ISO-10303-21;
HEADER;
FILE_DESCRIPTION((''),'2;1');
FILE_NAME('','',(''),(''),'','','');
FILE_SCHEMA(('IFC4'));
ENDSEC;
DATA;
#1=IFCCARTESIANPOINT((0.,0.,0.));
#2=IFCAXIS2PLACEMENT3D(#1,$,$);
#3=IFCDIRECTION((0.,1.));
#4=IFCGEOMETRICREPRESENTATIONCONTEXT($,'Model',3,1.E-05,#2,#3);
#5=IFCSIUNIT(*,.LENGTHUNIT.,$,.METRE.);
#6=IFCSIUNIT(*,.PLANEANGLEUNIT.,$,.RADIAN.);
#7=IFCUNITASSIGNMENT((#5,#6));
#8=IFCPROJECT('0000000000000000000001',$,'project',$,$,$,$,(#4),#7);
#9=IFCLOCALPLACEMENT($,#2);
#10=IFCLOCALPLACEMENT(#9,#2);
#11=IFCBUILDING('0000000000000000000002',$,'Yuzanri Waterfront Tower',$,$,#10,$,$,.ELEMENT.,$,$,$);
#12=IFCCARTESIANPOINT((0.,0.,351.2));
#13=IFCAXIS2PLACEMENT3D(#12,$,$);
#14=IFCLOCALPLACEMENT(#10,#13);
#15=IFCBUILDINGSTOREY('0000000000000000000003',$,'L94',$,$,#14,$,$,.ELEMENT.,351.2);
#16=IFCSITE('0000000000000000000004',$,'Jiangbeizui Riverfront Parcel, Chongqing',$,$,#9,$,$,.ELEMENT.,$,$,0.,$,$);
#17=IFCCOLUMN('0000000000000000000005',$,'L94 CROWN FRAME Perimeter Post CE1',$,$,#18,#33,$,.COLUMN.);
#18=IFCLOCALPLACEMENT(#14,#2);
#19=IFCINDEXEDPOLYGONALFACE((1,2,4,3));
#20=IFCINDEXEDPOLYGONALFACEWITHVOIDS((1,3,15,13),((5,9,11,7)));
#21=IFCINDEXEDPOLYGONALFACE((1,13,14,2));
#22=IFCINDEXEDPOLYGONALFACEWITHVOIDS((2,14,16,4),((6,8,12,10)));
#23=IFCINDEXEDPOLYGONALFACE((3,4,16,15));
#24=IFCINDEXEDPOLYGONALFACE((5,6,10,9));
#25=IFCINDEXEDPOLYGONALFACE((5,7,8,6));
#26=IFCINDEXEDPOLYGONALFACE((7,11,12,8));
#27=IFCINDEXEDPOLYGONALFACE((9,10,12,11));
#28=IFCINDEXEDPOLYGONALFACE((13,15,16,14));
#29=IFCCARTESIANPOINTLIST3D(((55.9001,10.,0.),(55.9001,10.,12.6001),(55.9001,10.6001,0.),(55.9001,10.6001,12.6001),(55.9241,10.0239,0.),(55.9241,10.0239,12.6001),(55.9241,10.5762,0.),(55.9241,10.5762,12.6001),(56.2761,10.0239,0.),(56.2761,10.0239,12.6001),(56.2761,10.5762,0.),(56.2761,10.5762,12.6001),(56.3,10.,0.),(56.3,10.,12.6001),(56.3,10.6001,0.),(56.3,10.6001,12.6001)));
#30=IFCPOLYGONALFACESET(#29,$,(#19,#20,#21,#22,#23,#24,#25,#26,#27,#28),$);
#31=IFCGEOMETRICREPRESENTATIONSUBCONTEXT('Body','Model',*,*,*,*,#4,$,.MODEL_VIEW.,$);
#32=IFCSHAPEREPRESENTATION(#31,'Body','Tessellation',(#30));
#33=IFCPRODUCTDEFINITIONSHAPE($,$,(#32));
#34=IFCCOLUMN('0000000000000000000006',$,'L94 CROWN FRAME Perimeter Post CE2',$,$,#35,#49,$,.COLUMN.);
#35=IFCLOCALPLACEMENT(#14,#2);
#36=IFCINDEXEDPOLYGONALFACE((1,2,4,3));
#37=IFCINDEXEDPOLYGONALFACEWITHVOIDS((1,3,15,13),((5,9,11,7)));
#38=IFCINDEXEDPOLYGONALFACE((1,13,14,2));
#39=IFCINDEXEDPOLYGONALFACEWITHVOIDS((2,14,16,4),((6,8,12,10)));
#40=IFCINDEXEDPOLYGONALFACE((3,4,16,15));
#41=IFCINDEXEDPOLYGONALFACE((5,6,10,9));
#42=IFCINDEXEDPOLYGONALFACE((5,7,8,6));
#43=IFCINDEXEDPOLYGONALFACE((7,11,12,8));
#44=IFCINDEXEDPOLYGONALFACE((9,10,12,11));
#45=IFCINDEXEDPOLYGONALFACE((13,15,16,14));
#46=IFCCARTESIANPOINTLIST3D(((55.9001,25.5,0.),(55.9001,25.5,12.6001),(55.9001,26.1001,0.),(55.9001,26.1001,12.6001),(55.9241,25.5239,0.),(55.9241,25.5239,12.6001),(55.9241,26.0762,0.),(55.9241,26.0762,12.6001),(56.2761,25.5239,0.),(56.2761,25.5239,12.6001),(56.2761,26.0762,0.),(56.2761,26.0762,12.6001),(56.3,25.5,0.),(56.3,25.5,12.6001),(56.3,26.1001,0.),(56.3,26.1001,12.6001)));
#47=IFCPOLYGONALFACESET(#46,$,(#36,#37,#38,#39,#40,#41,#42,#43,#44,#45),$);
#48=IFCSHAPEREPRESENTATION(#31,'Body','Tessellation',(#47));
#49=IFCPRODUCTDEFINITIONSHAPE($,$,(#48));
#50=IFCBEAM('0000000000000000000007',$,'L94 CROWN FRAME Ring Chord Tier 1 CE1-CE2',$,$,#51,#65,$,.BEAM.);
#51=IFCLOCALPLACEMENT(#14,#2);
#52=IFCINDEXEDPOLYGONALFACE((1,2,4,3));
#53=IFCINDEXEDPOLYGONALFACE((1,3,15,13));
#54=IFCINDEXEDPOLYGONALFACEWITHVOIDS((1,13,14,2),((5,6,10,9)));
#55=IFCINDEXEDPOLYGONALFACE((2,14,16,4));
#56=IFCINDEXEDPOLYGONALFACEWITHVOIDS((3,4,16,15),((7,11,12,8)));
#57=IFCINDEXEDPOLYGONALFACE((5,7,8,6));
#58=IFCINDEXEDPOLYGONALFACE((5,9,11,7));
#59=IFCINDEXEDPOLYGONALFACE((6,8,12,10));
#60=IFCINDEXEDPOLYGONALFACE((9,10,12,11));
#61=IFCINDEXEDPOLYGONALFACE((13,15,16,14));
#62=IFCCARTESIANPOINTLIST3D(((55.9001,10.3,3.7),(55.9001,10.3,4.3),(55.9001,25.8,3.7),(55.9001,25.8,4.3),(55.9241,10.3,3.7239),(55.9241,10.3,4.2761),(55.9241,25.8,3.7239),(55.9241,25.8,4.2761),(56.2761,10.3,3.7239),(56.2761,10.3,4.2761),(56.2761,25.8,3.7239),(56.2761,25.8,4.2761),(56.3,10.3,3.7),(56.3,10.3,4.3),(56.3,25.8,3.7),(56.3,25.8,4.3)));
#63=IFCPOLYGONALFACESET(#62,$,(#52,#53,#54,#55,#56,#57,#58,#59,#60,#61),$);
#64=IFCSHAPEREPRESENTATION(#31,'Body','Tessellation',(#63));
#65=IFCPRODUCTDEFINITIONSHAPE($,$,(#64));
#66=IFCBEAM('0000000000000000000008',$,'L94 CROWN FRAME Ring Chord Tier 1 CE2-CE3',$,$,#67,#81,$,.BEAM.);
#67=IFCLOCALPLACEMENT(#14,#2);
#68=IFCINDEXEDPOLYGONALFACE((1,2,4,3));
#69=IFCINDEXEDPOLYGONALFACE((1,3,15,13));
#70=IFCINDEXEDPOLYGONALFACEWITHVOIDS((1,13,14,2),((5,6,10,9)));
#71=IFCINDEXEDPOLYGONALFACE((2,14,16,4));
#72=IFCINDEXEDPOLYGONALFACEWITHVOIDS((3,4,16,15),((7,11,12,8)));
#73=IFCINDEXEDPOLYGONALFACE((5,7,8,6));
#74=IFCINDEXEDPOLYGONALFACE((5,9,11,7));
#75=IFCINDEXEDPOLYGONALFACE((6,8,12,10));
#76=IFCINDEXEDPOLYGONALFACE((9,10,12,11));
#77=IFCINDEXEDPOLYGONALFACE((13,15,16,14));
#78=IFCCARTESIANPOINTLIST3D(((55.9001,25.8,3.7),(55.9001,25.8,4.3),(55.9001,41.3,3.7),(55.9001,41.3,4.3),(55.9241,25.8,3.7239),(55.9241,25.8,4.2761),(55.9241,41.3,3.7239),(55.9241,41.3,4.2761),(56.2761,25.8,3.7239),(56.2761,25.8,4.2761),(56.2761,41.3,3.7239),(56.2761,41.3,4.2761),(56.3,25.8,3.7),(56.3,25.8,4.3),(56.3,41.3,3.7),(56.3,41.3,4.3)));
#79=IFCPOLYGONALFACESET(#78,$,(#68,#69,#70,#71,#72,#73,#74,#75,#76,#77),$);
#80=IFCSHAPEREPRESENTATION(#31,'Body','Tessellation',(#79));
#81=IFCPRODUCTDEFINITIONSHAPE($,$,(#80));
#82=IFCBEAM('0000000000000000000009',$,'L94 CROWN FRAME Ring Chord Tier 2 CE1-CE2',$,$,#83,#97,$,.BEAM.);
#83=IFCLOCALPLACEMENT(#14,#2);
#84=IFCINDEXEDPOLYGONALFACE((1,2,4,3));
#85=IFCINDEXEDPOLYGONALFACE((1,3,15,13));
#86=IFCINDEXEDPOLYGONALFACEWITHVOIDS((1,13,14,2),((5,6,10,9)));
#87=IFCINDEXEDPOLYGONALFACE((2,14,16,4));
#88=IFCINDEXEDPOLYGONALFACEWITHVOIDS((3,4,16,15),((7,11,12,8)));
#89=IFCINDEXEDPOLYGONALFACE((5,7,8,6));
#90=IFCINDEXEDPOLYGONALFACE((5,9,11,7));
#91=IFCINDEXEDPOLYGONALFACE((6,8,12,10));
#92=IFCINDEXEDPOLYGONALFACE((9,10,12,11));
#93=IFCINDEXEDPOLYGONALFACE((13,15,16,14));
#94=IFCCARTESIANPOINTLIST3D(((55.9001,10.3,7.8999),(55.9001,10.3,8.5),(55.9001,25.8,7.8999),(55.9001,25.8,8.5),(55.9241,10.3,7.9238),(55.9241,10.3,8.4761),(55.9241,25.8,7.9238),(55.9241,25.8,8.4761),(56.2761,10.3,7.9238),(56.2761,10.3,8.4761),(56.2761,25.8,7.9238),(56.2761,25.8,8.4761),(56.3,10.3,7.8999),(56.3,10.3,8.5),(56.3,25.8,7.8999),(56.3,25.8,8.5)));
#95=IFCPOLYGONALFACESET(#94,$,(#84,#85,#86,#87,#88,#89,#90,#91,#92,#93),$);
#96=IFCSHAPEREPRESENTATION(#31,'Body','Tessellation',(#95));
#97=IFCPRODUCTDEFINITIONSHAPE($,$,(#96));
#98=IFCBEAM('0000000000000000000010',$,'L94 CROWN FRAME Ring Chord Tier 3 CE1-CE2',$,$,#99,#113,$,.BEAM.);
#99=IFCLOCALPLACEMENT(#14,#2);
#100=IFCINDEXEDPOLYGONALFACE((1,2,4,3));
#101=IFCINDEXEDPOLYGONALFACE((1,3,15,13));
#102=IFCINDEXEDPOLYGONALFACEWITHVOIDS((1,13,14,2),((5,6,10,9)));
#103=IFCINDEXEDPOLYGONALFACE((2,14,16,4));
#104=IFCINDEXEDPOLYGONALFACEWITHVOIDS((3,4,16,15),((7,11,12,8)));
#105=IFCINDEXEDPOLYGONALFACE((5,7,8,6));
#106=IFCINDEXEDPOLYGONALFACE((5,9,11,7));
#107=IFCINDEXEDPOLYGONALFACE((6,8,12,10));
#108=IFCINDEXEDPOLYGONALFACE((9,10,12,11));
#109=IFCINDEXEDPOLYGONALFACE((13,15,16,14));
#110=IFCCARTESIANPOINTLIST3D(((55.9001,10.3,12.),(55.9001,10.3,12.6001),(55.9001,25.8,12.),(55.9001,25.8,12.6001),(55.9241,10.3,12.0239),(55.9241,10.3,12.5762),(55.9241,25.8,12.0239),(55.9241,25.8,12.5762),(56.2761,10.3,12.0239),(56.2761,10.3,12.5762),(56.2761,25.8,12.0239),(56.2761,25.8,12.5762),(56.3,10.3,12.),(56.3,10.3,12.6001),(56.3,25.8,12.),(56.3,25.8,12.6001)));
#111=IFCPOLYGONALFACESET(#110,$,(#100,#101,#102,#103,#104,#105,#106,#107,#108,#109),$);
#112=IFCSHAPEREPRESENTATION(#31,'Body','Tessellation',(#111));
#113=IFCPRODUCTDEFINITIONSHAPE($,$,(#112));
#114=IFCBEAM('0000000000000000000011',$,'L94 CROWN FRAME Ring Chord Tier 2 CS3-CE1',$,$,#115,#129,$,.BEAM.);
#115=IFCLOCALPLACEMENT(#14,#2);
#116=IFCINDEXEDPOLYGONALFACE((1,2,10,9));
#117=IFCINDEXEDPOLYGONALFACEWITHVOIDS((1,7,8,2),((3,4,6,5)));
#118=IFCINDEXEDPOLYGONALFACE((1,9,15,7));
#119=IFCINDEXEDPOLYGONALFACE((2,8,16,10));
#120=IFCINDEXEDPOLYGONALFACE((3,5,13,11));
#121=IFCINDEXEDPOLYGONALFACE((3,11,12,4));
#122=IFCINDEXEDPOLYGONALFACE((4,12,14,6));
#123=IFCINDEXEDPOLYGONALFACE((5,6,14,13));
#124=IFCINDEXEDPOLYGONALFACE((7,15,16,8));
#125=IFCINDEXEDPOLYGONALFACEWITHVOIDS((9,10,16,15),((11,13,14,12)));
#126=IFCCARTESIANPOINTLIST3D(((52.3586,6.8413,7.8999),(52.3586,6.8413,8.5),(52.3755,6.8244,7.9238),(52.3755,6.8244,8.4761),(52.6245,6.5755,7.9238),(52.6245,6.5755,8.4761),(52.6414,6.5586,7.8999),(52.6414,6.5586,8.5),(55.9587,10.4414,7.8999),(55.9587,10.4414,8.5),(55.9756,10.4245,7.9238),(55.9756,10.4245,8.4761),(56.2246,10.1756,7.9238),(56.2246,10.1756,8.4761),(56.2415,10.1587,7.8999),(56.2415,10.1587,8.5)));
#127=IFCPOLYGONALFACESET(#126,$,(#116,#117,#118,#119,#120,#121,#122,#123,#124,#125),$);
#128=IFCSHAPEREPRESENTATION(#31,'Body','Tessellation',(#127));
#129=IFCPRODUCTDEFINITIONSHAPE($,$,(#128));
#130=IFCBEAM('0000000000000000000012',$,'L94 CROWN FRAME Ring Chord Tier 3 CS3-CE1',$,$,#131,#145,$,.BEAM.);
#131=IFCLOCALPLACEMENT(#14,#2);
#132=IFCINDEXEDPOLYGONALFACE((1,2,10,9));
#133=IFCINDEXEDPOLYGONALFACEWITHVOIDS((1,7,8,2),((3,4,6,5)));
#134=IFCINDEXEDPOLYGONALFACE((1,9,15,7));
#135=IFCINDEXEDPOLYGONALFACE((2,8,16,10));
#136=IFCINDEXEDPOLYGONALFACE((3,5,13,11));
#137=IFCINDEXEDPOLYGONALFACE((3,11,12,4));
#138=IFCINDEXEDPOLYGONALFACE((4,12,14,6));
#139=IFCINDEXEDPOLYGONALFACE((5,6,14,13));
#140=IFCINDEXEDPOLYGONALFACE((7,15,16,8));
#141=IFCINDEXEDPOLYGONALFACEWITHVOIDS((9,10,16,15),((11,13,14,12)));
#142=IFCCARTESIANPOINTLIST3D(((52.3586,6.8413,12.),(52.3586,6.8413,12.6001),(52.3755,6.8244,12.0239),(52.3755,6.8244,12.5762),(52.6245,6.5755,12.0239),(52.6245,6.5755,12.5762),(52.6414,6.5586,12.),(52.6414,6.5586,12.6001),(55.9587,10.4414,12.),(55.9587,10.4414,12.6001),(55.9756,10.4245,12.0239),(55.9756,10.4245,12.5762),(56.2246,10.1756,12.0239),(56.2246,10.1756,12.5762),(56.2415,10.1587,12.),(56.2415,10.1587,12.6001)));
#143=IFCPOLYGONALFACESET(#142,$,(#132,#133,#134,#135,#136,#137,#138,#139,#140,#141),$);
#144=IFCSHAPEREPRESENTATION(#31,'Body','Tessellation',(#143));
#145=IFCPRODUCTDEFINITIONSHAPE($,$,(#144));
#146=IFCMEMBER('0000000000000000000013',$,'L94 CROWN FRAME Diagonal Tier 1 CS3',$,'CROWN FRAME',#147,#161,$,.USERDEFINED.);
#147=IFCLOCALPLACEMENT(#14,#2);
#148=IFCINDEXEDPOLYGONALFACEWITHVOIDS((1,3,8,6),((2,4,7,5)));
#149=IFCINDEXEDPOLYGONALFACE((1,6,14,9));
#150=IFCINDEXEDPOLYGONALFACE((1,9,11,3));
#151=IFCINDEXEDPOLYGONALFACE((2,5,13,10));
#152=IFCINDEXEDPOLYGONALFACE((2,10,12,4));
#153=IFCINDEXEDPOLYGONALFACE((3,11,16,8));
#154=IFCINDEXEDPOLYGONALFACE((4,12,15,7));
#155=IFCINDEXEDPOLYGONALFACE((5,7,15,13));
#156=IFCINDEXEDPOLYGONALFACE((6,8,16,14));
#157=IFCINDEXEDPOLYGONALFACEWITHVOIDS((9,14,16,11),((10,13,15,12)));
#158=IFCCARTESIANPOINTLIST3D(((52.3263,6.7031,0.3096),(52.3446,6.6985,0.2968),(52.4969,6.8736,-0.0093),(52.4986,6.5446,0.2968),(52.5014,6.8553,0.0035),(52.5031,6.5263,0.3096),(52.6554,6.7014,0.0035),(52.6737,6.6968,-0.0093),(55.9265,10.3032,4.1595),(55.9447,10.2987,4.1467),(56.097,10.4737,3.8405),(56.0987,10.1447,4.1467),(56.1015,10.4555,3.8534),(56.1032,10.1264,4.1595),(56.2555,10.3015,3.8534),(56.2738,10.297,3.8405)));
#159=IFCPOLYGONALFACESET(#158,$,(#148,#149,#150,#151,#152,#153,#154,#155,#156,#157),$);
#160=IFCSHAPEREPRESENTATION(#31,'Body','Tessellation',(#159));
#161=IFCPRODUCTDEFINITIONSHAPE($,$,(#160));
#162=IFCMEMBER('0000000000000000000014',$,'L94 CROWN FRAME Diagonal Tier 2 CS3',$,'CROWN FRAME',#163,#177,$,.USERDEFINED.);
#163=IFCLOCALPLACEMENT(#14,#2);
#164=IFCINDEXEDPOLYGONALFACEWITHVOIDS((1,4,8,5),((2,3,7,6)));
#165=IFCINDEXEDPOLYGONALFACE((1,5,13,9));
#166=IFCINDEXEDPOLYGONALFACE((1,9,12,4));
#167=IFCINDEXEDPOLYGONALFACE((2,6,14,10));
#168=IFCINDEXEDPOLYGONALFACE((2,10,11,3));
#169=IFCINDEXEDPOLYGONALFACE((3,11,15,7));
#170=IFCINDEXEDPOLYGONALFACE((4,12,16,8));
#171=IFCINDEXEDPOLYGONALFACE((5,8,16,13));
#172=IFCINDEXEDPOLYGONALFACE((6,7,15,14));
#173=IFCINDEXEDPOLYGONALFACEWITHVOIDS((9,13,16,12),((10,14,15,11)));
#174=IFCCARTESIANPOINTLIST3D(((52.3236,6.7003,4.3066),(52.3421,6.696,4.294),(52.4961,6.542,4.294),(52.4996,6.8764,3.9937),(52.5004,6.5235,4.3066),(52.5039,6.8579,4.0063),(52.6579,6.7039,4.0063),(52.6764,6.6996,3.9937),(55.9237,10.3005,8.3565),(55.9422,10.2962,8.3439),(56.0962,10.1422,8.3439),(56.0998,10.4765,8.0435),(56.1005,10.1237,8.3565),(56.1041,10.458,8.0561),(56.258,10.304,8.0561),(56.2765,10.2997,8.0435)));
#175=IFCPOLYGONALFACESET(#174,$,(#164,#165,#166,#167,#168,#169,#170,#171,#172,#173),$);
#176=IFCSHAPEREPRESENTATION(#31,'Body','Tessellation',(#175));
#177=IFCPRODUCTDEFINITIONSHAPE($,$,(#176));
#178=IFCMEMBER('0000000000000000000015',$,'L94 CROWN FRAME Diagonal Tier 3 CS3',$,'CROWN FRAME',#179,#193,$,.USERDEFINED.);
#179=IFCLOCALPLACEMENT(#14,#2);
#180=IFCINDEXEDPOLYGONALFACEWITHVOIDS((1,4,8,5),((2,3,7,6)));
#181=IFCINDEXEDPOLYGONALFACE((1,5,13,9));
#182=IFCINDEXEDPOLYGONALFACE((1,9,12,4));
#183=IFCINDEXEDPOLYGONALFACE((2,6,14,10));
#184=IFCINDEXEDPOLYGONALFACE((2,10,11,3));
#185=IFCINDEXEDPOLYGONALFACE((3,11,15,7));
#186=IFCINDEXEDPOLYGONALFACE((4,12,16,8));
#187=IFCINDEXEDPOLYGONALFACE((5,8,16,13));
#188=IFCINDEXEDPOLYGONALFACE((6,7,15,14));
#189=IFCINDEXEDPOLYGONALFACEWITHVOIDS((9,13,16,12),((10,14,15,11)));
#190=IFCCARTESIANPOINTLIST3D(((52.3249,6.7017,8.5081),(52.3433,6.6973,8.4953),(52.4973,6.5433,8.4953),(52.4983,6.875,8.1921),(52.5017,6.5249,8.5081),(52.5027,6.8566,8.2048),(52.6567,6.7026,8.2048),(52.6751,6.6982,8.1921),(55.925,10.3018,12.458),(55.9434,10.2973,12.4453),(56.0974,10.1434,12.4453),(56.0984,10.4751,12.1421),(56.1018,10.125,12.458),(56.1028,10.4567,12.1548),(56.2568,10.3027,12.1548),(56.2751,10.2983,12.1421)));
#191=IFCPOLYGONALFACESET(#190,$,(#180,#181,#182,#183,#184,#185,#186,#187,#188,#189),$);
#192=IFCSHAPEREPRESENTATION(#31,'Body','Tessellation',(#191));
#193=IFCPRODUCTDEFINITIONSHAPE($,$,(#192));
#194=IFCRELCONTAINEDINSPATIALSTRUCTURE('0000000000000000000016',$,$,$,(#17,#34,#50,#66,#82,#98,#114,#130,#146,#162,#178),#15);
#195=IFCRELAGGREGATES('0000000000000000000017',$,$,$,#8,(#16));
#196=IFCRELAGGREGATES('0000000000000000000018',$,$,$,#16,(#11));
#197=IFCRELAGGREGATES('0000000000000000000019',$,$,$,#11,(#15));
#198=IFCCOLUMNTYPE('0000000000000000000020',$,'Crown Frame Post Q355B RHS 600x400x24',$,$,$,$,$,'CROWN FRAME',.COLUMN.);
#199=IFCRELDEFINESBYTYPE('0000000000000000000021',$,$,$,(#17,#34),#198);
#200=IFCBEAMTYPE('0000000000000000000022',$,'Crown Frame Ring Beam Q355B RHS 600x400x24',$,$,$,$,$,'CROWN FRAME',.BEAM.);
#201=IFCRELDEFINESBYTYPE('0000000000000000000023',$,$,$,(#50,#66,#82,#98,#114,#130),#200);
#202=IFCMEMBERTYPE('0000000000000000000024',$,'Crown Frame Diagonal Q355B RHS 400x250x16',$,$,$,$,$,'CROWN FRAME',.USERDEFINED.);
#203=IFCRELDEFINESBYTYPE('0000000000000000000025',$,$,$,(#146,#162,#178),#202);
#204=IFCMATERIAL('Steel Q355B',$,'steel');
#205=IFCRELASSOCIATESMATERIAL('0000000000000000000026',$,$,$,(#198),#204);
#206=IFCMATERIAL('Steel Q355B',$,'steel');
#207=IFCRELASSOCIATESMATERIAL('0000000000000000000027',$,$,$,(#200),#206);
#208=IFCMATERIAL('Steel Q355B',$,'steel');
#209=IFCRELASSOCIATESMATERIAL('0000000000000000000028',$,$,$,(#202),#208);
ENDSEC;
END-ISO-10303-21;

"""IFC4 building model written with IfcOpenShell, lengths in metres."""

from ifc_helpers import new_model, si_unit, direction, frame, origin, origin_2d, place, context, subcontext, project, spatial, hollow_rectangle, extrude, source, transform, mapped, material, material_profile, profile_set, type_object, element, save


model = new_model("IFC4")

# Units and contexts
model_context = context("Model", 3, precision=1e-05, world=origin(), true_north=direction((0.0, 1.0)))
body_context = subcontext(model_context, "Body", "Model", "MODEL_VIEW")
ifc_project = project(units=[si_unit("LENGTHUNIT", "METRE"), si_unit("PLANEANGLEUNIT", "RADIAN")], contexts=[model_context])

# Site, building, storey
site_placement = place(None, origin())
site = spatial("IfcSite", under=ifc_project, at=site_placement, Name="Jiangbeizui Riverfront Parcel, Chongqing", CompositionType="ELEMENT", RefElevation=0.0)
building_placement = place(site_placement, origin())
building = spatial("IfcBuilding", under=site, at=building_placement, Name="Yuzanri Waterfront Tower", CompositionType="ELEMENT")
storey_placement = place(building_placement, frame((0.0, 0.0, 351.2)))
storey = spatial("IfcBuildingStorey", under=building, at=storey_placement, Name="L94", CompositionType="ELEMENT", Elevation=351.2)

# Columns
ifc_material_1 = material(Name="Steel Q355B", Category="steel")
ifc_material_profile_1 = material_profile(ifc_material_1, hollow_rectangle(XDim=0.3999, YDim=0.6001, WallThickness=0.0239, at=origin_2d()), Name="RHS 600x400x24")
ifc_profile_set_1 = profile_set([ifc_material_profile_1], Name="Steel Q355B")
column_type = type_object("IfcColumnType", Name="Crown Frame Post Q355B RHS 600x400x24", ElementType="CROWN FRAME", PredefinedType="COLUMN", material=ifc_profile_set_1)
shared_shape_1 = source(origin(), body_context, "Body", "SweptSolid", [
    extrude(hollow_rectangle(XDim=0.3999, YDim=0.6001, WallThickness=0.0239, at=origin_2d()), origin(), (0.0, 0.0, 1.0), 12.6001),
])
for number, where, z_axis, x_axis, name in (
    (1, (56.1001, 10.3, 0.0), (0.0, 0.0, 1.0), (1.0, 0.0, 0.0), "L94 CROWN FRAME Perimeter Post CE1"),
    (2, (56.1001, 25.8, 0.0), (0.0, 0.0, 1.0), (1.0, 0.0, 0.0), "L94 CROWN FRAME Perimeter Post CE2"),
):
    element("IfcColumn", number, at=place(storey_placement, frame(where, z_axis=z_axis, x_axis=x_axis)), inside=storey, type_object=column_type, Name=name, PredefinedType="COLUMN", context=body_context, shape_type="MappedRepresentation", body=[
        mapped(shared_shape_1, transform((0.0, 0.0, 0.0), scale=1.0)),
    ])

# Beams
ifc_material_2 = material(Name="Steel Q355B", Category="steel")
ifc_material_profile_2 = material_profile(ifc_material_2, hollow_rectangle(XDim=0.3999, YDim=0.6001, WallThickness=0.0239, at=origin_2d()), Name="RHS 600x400x24")
ifc_profile_set_2 = profile_set([ifc_material_profile_2], Name="Steel Q355B")
beam_type = type_object("IfcBeamType", Name="Crown Frame Ring Beam Q355B RHS 600x400x24", ElementType="CROWN FRAME", PredefinedType="BEAM", material=ifc_profile_set_2)
shared_shape_2 = source(origin(), body_context, "Body", "SweptSolid", [
    extrude(hollow_rectangle(XDim=0.3999, YDim=0.6001, WallThickness=0.0239, at=origin_2d()), origin(), (0.0, 0.0, 1.0), 15.5),
])
for number, where, z_axis, x_axis, name in (
    (3, (56.1001, 10.3, 4.0), (0.0, 1.0, 0.0), (-1.0, 0.0, 0.0), "L94 CROWN FRAME Ring Chord Tier 1 CE1-CE2"),
    (4, (56.1001, 25.8, 4.0), (0.0, 1.0, 0.0), (-1.0, 0.0, 0.0), "L94 CROWN FRAME Ring Chord Tier 1 CE2-CE3"),
    (5, (56.1001, 10.3, 8.2), (0.0, 1.0, 0.0), (-1.0, 0.0, 0.0), "L94 CROWN FRAME Ring Chord Tier 2 CE1-CE2"),
    (6, (56.1001, 10.3, 12.3), (0.0, 1.0, 0.0), (-1.0, 0.0, 0.0), "L94 CROWN FRAME Ring Chord Tier 3 CE1-CE2"),
):
    element("IfcBeam", number, at=place(storey_placement, frame(where, z_axis=z_axis, x_axis=x_axis)), inside=storey, type_object=beam_type, Name=name, PredefinedType="BEAM", context=body_context, shape_type="MappedRepresentation", body=[
        mapped(shared_shape_2, transform((0.0, 0.0, 0.0), scale=1.0)),
    ])
shared_shape_3 = source(origin(), body_context, "Body", "SweptSolid", [
    extrude(hollow_rectangle(XDim=0.3999, YDim=0.6001, WallThickness=0.0239, at=origin_2d()), origin(), (0.0, 0.0, 1.0), 5.0913),
])
for number, where, z_axis, x_axis, name in (
    (7, (52.5, 6.7, 8.2), (0.707107, 0.707107, 0.0), (-0.707107, 0.707107, 0.0), "L94 CROWN FRAME Ring Chord Tier 2 CS3-CE1"),
    (8, (52.5, 6.7, 12.3), (0.707107, 0.707107, 0.0), (-0.707107, 0.707107, 0.0), "L94 CROWN FRAME Ring Chord Tier 3 CS3-CE1"),
):
    element("IfcBeam", number, at=place(storey_placement, frame(where, z_axis=z_axis, x_axis=x_axis)), inside=storey, type_object=beam_type, Name=name, PredefinedType="BEAM", context=body_context, shape_type="MappedRepresentation", body=[
        mapped(shared_shape_3, transform((0.0, 0.0, 0.0), scale=1.0)),
    ])

# Members
ifc_material_3 = material(Name="Steel Q355B", Category="steel")
ifc_material_profile_3 = material_profile(ifc_material_3, hollow_rectangle(XDim=0.25, YDim=0.3999, WallThickness=0.0161, at=origin_2d()), Name="RHS 400x250x16")
ifc_profile_set_3 = profile_set([ifc_material_profile_3], Name="Steel Q355B")
member_type_1 = type_object("IfcMemberType", Name="Crown Frame Diagonal Q355B RHS 400x250x16", ElementType="CROWN FRAME", PredefinedType="USERDEFINED", material=ifc_profile_set_3)
shared_shape_4 = source(origin(), body_context, "Body", "SweptSolid", [
    extrude(hollow_rectangle(XDim=0.25, YDim=0.3999, WallThickness=0.0161, at=origin_2d()), origin(), (0.0, 0.0, 1.0), 6.3831),
])
member_1_placement = place(storey_placement, frame((52.5, 6.7, 0.1501), z_axis=(0.564013, 0.564013, 0.603141), x_axis=(-0.707107, 0.707107, 0.0)))
element("IfcMember", 9, at=member_1_placement, inside=storey, type_object=member_type_1, Name="L94 CROWN FRAME Diagonal Tier 1 CS3", ObjectType="CROWN FRAME", PredefinedType="USERDEFINED", context=body_context, shape_type="MappedRepresentation", body=[
    mapped(shared_shape_4, transform((0.0, 0.0, 0.0), scale=1.0)),
])
shared_shape_5 = source(origin(), body_context, "Body", "SweptSolid", [
    extrude(hollow_rectangle(XDim=0.25, YDim=0.3999, WallThickness=0.0161, at=origin_2d()), origin(), (0.0, 0.0, 1.0), 6.5056),
])
member_2_placement = place(storey_placement, frame((52.5, 6.7, 4.1501), z_axis=(0.553388, 0.553388, 0.622514), x_axis=(-0.707107, 0.707107, 0.0)))
element("IfcMember", 10, at=member_2_placement, inside=storey, type_object=member_type_1, Name="L94 CROWN FRAME Diagonal Tier 2 CS3", ObjectType="CROWN FRAME", PredefinedType="USERDEFINED", context=body_context, shape_type="MappedRepresentation", body=[
    mapped(shared_shape_5, transform((0.0, 0.0, 0.0), scale=1.0)),
])
shared_shape_6 = source(origin(), body_context, "Body", "SweptSolid", [
    extrude(hollow_rectangle(XDim=0.25, YDim=0.3999, WallThickness=0.0161, at=origin_2d()), origin(), (0.0, 0.0, 1.0), 6.4438),
])
member_3_placement = place(storey_placement, frame((52.5, 6.7, 8.3501), z_axis=(0.558685, 0.558685, 0.612978), x_axis=(-0.707107, 0.707107, 0.0)))
element("IfcMember", 11, at=member_3_placement, inside=storey, type_object=member_type_1, Name="L94 CROWN FRAME Diagonal Tier 3 CS3", ObjectType="CROWN FRAME", PredefinedType="USERDEFINED", context=body_context, shape_type="MappedRepresentation", body=[
    mapped(shared_shape_6, transform((0.0, 0.0, 0.0), scale=1.0)),
])

save(model, "model.ifc")
